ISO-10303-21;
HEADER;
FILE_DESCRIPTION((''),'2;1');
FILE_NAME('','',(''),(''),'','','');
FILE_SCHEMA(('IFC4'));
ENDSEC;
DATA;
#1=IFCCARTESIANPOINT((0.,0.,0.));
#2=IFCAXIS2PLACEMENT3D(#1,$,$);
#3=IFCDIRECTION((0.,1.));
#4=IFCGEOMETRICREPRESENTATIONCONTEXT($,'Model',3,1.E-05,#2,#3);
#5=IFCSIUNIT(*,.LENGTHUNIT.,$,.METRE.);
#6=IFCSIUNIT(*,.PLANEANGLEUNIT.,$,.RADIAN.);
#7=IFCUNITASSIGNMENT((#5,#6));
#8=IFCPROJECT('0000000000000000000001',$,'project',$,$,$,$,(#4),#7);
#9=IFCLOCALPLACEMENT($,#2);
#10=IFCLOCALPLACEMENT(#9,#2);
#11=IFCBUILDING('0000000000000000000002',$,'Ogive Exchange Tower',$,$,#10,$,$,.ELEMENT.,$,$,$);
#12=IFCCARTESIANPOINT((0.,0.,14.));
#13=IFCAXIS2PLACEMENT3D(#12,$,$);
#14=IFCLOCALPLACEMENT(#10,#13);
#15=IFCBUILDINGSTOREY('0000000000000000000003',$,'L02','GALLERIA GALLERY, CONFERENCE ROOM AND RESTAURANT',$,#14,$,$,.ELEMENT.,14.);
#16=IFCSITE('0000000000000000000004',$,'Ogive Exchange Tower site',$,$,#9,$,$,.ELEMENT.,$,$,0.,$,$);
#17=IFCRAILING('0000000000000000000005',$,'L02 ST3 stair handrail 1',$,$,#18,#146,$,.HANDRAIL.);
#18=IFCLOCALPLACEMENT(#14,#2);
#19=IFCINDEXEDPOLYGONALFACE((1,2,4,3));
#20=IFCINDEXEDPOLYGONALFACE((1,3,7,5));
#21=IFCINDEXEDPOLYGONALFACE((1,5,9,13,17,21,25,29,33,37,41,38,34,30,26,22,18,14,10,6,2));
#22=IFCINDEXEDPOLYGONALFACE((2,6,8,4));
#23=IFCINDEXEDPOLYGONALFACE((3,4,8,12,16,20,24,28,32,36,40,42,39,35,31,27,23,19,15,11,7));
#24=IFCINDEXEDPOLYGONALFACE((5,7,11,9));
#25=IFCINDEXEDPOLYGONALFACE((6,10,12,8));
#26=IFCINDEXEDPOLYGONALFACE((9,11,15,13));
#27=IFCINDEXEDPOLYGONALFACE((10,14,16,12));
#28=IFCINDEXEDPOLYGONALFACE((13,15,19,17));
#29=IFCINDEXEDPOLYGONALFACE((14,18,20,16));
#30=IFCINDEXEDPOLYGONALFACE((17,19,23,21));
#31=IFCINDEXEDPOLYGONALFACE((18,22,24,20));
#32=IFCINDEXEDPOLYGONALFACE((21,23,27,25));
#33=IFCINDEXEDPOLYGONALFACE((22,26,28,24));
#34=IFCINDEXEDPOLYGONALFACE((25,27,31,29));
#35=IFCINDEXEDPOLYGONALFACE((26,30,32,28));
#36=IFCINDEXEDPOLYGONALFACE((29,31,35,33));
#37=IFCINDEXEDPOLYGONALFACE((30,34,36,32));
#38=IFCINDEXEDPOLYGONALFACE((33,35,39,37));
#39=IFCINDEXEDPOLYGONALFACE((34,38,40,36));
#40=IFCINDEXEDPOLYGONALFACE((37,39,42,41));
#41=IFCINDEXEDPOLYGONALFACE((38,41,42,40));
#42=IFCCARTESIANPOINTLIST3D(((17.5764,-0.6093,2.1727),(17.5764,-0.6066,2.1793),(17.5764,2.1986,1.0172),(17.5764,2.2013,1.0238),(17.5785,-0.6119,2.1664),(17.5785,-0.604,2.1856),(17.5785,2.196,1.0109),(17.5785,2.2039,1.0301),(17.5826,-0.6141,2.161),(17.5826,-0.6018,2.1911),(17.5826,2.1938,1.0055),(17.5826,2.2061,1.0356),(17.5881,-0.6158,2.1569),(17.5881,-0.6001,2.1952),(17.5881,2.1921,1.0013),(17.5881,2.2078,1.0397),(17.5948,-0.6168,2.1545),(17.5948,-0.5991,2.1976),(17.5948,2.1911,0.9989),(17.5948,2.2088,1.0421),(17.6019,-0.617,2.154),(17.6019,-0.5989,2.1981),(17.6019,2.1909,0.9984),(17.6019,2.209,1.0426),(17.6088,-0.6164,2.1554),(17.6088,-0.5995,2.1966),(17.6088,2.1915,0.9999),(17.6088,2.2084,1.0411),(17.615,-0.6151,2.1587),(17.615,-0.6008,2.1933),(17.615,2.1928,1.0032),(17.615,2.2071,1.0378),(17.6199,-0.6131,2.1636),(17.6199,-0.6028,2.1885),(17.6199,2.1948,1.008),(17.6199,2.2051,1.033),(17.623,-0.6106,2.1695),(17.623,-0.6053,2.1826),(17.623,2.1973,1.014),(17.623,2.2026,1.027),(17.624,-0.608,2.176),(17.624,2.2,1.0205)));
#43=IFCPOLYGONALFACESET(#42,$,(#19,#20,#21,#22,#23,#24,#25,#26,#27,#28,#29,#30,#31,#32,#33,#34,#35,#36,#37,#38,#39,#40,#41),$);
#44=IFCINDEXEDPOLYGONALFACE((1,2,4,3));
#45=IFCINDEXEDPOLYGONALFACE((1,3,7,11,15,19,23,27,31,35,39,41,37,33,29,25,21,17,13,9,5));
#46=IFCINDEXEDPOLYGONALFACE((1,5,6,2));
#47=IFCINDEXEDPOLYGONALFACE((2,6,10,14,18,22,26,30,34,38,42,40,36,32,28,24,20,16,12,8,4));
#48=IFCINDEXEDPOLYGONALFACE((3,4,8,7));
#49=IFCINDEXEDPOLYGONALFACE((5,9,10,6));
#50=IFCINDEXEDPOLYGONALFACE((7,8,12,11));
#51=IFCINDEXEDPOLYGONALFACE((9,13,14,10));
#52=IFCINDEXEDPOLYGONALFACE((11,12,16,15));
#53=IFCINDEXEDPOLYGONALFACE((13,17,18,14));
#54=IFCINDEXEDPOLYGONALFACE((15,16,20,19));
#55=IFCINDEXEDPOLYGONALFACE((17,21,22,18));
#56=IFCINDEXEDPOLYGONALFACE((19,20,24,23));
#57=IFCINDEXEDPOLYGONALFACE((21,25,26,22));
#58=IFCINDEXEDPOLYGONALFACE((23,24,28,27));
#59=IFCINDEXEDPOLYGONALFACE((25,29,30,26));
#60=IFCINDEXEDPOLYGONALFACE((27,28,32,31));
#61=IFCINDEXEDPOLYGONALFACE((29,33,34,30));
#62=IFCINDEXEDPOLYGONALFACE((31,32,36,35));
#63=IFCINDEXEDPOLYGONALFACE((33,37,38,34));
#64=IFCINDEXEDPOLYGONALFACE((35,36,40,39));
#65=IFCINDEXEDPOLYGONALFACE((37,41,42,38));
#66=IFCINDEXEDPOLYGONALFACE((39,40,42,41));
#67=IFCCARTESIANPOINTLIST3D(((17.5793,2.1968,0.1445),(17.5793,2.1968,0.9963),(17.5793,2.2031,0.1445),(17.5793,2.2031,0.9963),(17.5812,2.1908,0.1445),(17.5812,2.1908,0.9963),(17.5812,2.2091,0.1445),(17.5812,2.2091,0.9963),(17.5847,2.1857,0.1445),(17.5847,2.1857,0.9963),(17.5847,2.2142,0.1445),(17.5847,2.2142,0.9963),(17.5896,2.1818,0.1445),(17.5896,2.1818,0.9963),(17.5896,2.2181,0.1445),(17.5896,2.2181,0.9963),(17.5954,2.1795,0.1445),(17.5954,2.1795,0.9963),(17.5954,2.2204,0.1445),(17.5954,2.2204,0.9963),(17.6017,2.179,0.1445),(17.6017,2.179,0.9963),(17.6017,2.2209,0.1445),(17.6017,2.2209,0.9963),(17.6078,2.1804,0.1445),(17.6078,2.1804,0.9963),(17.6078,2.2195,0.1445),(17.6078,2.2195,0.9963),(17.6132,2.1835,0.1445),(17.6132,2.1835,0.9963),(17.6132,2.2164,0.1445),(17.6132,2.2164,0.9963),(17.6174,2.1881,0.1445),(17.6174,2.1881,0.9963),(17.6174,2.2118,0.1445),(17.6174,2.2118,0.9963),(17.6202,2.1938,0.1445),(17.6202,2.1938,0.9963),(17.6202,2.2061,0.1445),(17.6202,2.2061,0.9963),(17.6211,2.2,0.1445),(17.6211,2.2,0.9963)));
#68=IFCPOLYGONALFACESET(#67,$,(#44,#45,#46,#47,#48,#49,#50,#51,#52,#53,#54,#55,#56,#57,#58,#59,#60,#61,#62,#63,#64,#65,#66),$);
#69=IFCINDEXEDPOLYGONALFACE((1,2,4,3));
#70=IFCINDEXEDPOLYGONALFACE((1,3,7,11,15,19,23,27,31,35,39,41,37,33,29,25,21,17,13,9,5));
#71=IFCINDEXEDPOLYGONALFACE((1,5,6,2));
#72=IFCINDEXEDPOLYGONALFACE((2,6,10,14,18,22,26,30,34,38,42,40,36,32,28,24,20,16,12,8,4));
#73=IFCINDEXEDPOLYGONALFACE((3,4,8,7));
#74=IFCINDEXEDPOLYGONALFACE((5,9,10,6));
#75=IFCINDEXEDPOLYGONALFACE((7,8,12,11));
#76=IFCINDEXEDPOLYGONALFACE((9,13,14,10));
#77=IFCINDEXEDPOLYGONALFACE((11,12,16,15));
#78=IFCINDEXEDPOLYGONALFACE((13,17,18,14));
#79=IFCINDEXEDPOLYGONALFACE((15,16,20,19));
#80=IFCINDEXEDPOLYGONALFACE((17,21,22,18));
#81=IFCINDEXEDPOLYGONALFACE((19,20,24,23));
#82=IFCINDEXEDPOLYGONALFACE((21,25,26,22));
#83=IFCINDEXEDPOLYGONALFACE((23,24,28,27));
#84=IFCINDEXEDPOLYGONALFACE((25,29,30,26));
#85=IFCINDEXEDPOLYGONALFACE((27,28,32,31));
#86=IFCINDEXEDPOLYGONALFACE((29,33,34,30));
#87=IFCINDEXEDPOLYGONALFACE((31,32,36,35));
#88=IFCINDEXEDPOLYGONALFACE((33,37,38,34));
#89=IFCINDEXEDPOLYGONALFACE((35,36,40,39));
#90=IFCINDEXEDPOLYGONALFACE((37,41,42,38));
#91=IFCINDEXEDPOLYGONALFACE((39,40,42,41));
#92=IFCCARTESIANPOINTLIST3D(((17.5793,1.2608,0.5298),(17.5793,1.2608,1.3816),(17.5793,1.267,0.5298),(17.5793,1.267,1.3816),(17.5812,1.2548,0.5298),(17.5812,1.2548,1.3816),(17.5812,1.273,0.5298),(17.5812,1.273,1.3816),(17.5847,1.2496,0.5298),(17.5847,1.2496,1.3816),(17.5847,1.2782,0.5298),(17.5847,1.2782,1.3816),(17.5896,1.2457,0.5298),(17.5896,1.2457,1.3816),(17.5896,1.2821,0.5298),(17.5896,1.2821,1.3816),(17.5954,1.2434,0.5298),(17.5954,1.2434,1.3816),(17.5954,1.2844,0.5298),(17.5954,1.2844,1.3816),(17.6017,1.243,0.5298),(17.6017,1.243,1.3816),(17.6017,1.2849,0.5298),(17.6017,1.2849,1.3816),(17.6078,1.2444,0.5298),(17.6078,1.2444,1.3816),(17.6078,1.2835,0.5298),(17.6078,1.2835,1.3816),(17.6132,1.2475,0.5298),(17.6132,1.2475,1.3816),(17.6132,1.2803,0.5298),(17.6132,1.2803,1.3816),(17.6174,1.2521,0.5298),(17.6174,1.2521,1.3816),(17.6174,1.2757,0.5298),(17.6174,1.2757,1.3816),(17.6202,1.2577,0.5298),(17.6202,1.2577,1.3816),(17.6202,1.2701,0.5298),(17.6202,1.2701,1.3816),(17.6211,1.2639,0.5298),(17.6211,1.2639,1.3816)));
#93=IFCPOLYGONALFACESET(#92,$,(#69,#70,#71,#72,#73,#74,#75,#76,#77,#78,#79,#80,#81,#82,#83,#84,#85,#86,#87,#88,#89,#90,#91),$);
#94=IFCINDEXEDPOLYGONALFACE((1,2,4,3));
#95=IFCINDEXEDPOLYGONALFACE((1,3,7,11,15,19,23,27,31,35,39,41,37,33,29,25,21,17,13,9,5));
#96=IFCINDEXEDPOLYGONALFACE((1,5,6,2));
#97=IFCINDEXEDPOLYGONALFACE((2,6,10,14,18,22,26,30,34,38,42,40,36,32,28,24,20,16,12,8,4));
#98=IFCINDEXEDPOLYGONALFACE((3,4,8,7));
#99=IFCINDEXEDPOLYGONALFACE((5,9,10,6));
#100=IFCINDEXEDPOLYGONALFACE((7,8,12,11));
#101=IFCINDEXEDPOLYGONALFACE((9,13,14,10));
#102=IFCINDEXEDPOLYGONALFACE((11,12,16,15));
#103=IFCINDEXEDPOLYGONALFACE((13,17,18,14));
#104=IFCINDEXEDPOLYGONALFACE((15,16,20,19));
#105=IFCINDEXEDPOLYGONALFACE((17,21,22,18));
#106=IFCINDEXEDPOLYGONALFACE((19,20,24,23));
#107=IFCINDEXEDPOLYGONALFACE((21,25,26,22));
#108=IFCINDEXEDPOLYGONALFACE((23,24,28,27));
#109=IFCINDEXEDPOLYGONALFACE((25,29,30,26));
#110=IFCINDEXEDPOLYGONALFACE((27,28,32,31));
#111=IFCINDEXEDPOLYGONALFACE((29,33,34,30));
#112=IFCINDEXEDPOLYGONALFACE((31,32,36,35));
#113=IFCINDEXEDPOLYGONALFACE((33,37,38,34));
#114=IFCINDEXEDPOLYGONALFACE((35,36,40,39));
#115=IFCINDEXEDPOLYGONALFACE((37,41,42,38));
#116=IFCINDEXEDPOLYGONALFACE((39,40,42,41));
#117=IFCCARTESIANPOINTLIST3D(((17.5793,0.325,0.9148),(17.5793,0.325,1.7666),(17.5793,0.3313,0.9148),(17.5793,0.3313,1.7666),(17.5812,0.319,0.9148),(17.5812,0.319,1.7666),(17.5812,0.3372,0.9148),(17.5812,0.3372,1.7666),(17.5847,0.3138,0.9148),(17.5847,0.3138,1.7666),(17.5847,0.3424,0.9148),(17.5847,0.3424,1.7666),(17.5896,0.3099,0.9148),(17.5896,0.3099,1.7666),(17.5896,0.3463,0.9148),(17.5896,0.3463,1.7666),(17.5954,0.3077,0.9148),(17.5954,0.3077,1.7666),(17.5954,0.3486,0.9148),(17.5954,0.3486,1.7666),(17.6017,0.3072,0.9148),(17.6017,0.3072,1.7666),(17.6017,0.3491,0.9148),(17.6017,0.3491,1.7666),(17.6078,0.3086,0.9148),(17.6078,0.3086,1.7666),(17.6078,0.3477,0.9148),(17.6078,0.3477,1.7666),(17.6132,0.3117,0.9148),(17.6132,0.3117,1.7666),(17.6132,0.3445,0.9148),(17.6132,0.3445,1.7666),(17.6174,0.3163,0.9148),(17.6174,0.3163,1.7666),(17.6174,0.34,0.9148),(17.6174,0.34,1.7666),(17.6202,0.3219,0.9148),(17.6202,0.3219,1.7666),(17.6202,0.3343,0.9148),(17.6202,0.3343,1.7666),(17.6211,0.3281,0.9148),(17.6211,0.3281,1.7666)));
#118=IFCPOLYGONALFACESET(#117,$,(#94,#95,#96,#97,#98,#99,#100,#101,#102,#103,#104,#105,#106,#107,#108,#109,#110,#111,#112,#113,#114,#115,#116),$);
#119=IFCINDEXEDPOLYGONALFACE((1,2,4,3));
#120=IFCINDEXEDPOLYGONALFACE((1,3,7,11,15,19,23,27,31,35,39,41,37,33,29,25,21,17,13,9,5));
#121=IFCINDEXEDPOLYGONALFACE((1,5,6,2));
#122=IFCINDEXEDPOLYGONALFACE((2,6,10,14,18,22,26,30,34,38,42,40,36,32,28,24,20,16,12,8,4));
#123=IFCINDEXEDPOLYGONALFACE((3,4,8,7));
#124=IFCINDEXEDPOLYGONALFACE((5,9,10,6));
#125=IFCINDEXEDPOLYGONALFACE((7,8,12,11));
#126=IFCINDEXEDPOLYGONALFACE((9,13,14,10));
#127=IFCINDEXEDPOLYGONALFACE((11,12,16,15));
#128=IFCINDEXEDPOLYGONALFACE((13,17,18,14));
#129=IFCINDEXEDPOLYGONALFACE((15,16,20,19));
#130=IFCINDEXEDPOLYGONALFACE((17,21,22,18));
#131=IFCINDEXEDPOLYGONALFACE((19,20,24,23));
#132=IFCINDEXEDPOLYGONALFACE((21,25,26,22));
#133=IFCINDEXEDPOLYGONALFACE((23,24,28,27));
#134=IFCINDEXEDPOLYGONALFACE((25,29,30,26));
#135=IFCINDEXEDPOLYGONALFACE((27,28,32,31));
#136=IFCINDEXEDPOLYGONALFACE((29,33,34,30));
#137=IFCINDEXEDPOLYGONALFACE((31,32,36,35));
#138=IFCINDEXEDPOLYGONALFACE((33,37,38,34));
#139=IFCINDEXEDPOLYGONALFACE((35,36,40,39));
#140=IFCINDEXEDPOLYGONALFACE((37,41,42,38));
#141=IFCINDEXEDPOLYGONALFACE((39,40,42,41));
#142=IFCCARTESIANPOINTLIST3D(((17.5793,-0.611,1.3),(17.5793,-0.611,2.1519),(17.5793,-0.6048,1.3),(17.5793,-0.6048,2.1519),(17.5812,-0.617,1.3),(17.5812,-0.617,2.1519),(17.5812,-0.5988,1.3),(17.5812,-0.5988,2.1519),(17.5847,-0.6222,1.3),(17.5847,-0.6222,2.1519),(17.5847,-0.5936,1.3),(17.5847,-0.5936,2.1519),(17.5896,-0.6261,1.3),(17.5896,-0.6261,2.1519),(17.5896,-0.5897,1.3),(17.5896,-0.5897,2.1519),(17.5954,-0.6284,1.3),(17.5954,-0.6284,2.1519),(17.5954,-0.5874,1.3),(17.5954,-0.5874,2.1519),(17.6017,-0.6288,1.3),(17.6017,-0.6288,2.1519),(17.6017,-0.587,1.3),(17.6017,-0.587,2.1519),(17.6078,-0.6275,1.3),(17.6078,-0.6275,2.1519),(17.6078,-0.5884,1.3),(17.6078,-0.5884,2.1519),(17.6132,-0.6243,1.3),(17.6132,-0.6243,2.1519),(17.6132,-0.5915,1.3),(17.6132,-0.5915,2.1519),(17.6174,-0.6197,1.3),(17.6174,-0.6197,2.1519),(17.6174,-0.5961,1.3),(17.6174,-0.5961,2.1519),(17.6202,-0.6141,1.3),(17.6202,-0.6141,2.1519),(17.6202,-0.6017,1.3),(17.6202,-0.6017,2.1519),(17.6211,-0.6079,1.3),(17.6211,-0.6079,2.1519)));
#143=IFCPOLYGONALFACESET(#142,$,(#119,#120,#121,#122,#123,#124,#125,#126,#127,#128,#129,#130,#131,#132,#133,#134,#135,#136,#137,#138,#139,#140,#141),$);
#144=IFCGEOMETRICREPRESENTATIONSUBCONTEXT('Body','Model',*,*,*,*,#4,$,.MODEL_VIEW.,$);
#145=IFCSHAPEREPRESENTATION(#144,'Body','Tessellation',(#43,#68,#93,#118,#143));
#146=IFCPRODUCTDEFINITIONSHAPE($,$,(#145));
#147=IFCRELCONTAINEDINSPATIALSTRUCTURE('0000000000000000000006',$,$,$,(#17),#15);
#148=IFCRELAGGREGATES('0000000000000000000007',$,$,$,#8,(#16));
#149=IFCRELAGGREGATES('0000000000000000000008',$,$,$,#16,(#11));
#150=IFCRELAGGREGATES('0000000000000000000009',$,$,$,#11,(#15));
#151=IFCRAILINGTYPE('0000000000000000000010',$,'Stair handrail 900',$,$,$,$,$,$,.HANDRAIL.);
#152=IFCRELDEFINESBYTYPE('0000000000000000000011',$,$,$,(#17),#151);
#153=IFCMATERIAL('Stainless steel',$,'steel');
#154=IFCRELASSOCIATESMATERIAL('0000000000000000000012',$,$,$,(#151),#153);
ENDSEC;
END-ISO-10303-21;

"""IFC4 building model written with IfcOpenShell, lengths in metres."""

from ifc_helpers import new_model, si_unit, direction, frame, origin, origin_2d, place, context, subcontext, project, spatial, circle, extrude, material, type_object, element, save


model = new_model("IFC4")

# Units and contexts
model_context = context("Model", 3, precision=1e-05, world=origin(), true_north=direction((0.0, 1.0)))
body_context = subcontext(model_context, "Body", "Model", "MODEL_VIEW")
ifc_project = project(units=[si_unit("LENGTHUNIT", "METRE"), si_unit("PLANEANGLEUNIT", "RADIAN")], contexts=[model_context])

# Site, building, storey
site_placement = place(None, origin())
site = spatial("IfcSite", under=ifc_project, at=site_placement, Name="Ogive Exchange Tower site", CompositionType="ELEMENT", RefElevation=0.0)
building_placement = place(site_placement, origin())
building = spatial("IfcBuilding", under=site, at=building_placement, Name="Ogive Exchange Tower", CompositionType="ELEMENT")
storey_placement = place(building_placement, frame((0.0, 0.0, 14.0)))
storey = spatial("IfcBuildingStorey", under=building, at=storey_placement, Name="L02", Description="GALLERIA GALLERY, CONFERENCE ROOM AND RESTAURANT", CompositionType="ELEMENT", Elevation=14.0)

# Shared definitions
ifc_material_1 = material(Name="Stainless steel", Category="steel")

# Railing
railing_type = type_object("IfcRailingType", Name="Stair handrail 900", PredefinedType="HANDRAIL", material=ifc_material_1)
railing_1_placement = place(storey_placement, frame((17.6001, 2.2, 0.1445)))
element("IfcRailing", 1, at=railing_1_placement, inside=storey, type_object=railing_type, Name="L02 ST3 stair handrail 1", PredefinedType="HANDRAIL", context=body_context, shape_type="SweptSolid", body=[
    extrude(circle(Radius=0.0239, at=origin_2d()), frame((0.0, 0.0, 0.876), z_axis=(0.0, -0.924755, 0.380564), x_axis=(1.0, 0.0, 0.0)), (0.0, 0.0, 1.0), 3.0364),
    extrude(circle(Radius=0.021, at=origin_2d()), origin(), (0.0, 0.0, 1.0), 0.8518),
    extrude(circle(Radius=0.021, at=origin_2d()), frame((0.0, -0.936, 0.3853)), (0.0, 0.0, 1.0), 0.8518),
    extrude(circle(Radius=0.021, at=origin_2d()), frame((0.0, -1.8718, 0.7703)), (0.0, 0.0, 1.0), 0.8518),
    extrude(circle(Radius=0.021, at=origin_2d()), frame((0.0, -2.8079, 1.1555)), (0.0, 0.0, 1.0), 0.8518),
])

save(model, "model.ifc")
